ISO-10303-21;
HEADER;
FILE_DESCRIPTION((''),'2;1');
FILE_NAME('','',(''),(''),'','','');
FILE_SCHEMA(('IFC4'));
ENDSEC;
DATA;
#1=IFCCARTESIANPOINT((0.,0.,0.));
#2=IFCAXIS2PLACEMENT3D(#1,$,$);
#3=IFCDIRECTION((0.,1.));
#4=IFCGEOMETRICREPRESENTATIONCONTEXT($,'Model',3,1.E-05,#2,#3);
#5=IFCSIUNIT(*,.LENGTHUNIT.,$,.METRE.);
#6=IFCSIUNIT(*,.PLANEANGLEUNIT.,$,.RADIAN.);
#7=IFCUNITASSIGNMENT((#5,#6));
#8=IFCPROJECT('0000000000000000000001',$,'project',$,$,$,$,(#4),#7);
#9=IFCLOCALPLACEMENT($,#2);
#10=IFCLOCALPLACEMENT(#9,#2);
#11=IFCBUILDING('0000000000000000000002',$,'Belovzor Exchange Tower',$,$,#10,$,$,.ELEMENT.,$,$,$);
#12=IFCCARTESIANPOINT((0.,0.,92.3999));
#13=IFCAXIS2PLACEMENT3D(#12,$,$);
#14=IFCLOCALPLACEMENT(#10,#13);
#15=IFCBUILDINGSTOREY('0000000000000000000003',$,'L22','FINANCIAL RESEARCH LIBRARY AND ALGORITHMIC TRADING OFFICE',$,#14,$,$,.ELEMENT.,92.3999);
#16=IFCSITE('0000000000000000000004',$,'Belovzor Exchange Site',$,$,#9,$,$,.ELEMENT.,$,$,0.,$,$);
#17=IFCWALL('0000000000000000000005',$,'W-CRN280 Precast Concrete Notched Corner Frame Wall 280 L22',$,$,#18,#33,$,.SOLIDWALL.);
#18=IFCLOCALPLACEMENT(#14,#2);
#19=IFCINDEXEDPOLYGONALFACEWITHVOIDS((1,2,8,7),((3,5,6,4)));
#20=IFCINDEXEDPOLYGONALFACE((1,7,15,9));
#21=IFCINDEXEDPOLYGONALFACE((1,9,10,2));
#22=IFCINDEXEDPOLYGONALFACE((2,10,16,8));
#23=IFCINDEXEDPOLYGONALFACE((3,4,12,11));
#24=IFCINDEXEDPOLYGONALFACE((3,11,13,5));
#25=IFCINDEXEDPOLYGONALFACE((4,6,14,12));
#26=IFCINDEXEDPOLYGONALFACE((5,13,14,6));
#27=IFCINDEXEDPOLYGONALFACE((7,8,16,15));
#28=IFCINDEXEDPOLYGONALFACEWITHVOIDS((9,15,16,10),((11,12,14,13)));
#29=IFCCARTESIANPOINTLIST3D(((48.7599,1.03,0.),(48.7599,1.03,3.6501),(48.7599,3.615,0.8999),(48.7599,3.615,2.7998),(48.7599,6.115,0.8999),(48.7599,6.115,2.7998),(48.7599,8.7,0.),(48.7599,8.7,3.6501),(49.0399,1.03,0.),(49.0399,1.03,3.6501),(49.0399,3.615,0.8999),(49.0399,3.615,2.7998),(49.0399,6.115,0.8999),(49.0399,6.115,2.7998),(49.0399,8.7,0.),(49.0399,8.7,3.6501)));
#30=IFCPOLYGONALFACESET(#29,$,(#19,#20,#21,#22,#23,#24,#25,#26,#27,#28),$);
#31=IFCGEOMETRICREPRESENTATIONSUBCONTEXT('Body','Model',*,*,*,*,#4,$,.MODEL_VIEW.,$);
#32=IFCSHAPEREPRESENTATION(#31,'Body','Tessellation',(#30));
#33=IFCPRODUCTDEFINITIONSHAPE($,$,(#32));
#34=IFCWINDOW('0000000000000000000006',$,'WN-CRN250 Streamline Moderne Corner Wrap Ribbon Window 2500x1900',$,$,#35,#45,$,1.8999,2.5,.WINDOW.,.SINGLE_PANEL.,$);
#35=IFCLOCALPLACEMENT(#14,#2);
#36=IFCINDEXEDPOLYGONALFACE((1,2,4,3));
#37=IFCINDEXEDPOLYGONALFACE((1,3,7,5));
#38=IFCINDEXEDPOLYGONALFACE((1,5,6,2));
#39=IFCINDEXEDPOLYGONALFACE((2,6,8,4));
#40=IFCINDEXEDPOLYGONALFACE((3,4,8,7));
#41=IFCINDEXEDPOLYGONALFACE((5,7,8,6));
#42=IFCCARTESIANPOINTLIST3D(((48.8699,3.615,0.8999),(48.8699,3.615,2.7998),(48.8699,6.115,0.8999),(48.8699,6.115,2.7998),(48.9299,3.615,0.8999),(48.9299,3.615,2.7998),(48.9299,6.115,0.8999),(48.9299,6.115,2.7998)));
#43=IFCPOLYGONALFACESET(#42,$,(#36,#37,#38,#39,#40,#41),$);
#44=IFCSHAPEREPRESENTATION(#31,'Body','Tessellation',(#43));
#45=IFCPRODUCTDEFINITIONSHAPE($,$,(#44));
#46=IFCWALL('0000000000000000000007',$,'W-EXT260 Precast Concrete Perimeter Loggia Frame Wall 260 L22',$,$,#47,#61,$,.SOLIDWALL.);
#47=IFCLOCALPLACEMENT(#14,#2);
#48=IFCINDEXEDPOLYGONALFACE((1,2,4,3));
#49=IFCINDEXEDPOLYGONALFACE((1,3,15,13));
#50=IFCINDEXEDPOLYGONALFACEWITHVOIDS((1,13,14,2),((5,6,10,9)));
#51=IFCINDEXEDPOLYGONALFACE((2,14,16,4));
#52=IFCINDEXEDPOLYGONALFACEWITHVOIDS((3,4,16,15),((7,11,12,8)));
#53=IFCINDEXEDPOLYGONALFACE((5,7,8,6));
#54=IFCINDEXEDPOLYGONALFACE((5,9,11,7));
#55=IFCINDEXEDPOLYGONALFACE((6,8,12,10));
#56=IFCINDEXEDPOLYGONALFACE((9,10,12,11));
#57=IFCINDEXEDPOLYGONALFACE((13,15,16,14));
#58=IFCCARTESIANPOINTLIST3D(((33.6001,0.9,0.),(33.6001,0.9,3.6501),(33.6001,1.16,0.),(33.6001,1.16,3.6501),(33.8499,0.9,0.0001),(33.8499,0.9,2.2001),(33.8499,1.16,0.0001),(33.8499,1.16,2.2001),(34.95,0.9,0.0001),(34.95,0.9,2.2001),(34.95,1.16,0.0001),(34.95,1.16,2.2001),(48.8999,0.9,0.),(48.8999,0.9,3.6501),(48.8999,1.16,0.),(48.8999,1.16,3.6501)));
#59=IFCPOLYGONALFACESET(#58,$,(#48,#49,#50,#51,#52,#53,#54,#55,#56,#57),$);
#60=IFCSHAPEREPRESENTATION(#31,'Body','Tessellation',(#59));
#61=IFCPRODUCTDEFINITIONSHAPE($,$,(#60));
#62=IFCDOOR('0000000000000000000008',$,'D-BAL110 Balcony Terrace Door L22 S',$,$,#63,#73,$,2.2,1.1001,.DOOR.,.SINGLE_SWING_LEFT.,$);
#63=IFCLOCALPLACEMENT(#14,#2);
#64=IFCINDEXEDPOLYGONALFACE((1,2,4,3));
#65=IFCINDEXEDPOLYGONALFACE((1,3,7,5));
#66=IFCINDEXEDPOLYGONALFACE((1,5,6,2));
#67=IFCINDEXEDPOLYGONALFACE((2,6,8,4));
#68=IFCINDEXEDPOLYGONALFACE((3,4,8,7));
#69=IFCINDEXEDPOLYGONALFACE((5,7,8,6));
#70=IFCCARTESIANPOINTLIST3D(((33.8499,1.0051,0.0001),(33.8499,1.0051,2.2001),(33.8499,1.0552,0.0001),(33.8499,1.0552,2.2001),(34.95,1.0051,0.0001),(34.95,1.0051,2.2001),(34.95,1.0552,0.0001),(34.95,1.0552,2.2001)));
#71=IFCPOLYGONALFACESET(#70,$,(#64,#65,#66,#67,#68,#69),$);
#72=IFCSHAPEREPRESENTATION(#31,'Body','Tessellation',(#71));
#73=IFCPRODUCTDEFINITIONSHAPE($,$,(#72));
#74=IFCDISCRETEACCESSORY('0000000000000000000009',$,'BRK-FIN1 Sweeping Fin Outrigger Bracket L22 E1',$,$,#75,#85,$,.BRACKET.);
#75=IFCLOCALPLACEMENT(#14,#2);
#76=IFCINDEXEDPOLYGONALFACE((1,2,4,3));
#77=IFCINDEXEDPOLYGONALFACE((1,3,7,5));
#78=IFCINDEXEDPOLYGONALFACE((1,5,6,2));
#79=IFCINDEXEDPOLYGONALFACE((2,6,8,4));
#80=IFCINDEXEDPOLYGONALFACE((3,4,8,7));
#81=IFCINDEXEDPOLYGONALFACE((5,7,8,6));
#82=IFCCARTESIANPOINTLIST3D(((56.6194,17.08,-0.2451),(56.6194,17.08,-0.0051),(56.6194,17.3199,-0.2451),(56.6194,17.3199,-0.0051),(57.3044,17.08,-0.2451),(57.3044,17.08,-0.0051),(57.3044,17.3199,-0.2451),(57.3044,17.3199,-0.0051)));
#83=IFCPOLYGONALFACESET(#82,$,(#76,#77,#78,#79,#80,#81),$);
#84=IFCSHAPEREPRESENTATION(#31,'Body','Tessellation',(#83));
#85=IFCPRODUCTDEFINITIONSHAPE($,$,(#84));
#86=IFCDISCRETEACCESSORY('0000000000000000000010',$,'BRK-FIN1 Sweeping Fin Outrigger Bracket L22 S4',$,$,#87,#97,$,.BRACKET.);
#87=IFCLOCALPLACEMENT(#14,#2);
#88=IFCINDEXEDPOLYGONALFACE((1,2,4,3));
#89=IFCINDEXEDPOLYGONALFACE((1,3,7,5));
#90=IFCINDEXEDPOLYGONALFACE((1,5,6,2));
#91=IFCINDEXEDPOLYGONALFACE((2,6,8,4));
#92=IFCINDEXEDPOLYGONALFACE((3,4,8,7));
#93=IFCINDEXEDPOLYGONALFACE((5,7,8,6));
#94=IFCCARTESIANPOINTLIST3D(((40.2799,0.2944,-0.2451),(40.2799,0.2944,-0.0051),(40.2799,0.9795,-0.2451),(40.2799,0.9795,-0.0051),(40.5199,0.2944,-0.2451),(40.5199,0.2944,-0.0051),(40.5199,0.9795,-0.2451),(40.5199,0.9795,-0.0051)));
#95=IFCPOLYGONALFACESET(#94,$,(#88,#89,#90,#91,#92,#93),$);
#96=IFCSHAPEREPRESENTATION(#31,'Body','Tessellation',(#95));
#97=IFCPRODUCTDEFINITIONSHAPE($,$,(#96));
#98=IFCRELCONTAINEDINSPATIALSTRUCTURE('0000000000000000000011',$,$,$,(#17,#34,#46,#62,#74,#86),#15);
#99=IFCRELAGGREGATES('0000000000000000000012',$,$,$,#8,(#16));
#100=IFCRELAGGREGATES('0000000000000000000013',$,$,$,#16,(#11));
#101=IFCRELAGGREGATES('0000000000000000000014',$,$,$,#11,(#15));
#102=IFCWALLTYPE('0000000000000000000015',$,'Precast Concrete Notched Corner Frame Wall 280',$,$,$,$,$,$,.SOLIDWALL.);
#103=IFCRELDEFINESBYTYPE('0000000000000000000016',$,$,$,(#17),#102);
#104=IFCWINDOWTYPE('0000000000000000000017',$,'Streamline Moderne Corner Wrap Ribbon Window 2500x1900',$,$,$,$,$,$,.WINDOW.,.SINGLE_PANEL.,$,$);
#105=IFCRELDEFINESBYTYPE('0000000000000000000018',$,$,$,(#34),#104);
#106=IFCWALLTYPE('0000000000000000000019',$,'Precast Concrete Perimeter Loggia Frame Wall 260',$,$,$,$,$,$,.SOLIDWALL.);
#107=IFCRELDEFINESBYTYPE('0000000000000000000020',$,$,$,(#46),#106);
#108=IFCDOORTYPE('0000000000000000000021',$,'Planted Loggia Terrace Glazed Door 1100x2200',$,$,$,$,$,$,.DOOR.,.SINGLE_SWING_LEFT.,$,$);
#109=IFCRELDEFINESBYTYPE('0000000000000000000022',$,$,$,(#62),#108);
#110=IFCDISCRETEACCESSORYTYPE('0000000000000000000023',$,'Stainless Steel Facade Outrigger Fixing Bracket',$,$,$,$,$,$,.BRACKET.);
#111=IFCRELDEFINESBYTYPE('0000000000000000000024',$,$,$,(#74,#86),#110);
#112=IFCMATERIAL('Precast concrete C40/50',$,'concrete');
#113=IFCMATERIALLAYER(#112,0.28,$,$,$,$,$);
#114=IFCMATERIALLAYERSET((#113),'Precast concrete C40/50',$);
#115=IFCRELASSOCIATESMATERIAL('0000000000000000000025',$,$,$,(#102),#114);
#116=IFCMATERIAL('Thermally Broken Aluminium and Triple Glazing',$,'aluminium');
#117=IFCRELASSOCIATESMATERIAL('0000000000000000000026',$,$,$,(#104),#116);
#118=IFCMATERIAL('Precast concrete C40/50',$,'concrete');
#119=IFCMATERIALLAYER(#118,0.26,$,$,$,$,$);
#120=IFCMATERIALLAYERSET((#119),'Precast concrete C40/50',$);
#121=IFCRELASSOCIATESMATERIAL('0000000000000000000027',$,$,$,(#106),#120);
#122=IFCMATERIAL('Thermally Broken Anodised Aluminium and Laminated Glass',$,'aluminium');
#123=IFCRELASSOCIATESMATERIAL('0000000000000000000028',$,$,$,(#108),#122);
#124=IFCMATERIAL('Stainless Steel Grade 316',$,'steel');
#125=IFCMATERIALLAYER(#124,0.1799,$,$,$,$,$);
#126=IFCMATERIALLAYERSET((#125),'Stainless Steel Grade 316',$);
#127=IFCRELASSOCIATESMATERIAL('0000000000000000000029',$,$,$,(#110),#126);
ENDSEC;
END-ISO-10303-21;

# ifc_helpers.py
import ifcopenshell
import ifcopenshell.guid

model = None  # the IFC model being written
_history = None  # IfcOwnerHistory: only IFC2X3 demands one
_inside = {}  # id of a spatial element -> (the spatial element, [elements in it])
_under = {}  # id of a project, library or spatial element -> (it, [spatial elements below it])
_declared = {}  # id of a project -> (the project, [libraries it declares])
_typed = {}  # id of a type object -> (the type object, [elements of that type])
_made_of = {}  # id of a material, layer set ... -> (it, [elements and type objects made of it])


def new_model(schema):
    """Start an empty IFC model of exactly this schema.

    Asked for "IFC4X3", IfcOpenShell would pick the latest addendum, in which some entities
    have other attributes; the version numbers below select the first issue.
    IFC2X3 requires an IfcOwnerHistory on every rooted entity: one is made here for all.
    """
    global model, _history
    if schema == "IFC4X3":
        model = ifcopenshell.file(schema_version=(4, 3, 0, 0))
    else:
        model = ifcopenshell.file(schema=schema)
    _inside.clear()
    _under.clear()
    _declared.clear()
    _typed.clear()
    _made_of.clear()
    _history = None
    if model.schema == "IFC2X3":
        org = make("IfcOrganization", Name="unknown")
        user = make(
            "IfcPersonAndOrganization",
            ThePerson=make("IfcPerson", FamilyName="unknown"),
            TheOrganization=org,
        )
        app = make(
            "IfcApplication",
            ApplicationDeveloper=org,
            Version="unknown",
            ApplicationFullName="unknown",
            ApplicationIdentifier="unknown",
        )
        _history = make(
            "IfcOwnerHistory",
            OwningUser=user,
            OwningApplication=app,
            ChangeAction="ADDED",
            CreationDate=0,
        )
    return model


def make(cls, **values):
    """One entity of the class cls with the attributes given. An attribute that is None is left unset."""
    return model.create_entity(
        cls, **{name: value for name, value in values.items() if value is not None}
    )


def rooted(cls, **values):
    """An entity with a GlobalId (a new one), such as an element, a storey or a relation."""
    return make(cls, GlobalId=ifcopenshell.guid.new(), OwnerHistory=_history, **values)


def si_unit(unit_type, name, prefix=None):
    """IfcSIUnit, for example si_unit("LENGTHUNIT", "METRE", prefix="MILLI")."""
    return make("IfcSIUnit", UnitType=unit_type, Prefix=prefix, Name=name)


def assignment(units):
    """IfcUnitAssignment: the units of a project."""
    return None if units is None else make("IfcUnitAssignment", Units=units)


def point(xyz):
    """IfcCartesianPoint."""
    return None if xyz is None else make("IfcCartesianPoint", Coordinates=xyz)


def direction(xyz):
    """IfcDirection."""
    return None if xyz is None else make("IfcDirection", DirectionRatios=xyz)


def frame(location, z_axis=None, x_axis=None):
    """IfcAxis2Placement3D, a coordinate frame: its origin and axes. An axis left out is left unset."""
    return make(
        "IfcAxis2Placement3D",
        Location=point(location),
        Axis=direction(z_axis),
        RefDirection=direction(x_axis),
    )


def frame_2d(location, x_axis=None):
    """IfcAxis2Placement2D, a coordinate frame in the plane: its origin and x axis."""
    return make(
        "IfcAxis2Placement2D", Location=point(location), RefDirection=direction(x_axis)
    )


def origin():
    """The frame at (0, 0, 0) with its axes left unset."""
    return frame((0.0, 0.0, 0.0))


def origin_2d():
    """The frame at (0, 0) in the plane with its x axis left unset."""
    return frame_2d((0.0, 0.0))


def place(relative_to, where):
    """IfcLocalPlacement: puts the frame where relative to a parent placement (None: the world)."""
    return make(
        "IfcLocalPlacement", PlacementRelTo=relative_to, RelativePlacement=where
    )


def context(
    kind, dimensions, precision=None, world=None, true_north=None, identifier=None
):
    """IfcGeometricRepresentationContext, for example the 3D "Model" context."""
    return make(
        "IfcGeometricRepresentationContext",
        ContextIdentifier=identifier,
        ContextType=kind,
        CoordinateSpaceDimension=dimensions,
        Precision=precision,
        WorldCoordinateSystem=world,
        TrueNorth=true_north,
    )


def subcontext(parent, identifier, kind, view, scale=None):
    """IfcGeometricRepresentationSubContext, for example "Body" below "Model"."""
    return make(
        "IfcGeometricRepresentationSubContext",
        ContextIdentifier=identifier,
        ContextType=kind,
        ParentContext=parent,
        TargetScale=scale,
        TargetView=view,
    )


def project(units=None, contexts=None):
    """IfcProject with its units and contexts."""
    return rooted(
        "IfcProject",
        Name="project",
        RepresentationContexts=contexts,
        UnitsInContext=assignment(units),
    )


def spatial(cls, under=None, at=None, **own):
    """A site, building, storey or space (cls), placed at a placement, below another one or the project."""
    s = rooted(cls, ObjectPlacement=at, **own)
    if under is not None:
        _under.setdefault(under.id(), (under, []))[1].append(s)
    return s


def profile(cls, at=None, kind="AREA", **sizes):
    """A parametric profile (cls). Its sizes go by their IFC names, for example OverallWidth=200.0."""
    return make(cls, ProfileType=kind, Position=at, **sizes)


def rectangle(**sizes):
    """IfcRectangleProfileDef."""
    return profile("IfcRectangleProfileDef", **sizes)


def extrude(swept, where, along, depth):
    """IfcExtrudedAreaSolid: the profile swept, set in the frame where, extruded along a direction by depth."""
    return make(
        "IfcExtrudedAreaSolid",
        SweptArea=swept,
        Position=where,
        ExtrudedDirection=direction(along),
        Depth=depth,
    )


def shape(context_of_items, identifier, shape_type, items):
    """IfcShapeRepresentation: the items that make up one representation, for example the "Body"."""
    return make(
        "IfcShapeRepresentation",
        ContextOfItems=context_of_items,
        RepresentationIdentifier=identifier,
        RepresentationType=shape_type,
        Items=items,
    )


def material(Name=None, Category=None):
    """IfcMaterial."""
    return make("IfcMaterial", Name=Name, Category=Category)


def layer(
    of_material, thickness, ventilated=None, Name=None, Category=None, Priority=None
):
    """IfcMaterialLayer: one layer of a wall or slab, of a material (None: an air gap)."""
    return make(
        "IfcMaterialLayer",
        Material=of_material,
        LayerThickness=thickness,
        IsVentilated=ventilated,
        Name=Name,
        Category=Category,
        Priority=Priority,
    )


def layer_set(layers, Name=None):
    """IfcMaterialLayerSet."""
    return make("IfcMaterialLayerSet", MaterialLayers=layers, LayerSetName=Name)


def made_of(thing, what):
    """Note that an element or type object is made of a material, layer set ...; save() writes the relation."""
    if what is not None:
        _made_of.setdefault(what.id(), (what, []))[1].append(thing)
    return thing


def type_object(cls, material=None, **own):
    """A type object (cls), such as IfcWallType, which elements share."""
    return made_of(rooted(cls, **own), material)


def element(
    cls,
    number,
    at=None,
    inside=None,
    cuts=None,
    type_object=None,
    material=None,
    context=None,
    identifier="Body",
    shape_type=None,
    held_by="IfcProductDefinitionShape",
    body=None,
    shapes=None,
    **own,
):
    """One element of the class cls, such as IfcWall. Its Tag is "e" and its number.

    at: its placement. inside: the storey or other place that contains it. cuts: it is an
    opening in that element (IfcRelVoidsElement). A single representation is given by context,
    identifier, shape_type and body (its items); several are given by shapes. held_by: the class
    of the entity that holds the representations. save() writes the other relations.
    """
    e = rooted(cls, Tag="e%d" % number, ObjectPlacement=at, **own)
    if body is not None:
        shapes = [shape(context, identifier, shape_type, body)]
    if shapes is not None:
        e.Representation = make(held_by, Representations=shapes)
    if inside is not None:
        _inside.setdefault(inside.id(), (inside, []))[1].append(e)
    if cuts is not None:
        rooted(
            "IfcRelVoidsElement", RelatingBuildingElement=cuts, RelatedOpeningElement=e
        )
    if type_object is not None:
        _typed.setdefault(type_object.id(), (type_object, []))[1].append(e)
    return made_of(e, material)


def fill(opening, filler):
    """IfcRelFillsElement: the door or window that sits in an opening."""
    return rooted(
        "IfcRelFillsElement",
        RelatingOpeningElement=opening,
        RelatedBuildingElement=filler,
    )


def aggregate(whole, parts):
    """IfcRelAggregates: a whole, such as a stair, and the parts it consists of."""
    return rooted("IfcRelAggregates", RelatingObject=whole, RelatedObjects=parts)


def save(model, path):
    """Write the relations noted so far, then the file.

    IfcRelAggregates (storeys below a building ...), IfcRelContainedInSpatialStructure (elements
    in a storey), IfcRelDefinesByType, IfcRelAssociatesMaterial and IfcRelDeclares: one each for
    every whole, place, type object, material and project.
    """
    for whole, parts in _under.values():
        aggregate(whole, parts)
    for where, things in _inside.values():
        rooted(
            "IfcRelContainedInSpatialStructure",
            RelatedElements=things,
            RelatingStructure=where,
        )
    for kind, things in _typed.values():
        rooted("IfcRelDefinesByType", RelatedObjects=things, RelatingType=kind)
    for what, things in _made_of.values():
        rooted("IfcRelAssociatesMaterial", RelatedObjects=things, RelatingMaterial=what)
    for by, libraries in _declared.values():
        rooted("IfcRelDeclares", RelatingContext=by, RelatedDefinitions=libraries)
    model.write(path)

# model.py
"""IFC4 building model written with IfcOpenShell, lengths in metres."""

from ifc_helpers import new_model, si_unit, direction, frame, frame_2d, origin, origin_2d, place, context, subcontext, project, spatial, rectangle, extrude, material, layer, layer_set, type_object, element, fill, save


model = new_model("IFC4")

# Units and contexts
model_context = context("Model", 3, precision=1e-05, world=origin(), true_north=direction((0.0, 1.0)))
body_context = subcontext(model_context, "Body", "Model", "MODEL_VIEW")
ifc_project = project(units=[si_unit("LENGTHUNIT", "METRE"), si_unit("PLANEANGLEUNIT", "RADIAN")], contexts=[model_context])

# Site, building, storey
site_placement = place(None, origin())
site = spatial("IfcSite", under=ifc_project, at=site_placement, Name="Belovzor Exchange Site", CompositionType="ELEMENT", RefElevation=0.0)
building_placement = place(site_placement, origin())
building = spatial("IfcBuilding", under=site, at=building_placement, Name="Belovzor Exchange Tower", CompositionType="ELEMENT")
storey_placement = place(building_placement, frame((0.0, 0.0, 92.3999)))
storey = spatial("IfcBuildingStorey", under=building, at=storey_placement, Name="L22", Description="FINANCIAL RESEARCH LIBRARY AND ALGORITHMIC TRADING OFFICE", CompositionType="ELEMENT", Elevation=92.3999)

# Wall, opening, window
ifc_material_1 = material(Name="Precast concrete C40/50", Category="concrete")
ifc_layer_1 = layer(ifc_material_1, 0.28)
ifc_layer_set_1 = layer_set([ifc_layer_1], Name="Precast concrete C40/50")
wall_type_1 = type_object("IfcWallType", Name="Precast Concrete Notched Corner Frame Wall 280", PredefinedType="SOLIDWALL", material=ifc_layer_set_1)
ifc_material_2 = material(Name="Thermally Broken Aluminium and Triple Glazing", Category="aluminium")
window_type = type_object("IfcWindowType", Name="Streamline Moderne Corner Wrap Ribbon Window 2500x1900", PartitioningType="SINGLE_PANEL", PredefinedType="WINDOW", material=ifc_material_2)
wall_1_placement = place(storey_placement, frame((48.8999, 8.7, 0.0), z_axis=(0.0, 0.0, 1.0), x_axis=(0.0, -1.0, 0.0)))
wall_1 = element("IfcWall", 1, at=wall_1_placement, inside=storey, type_object=wall_type_1, Name="W-CRN280 Precast Concrete Notched Corner Frame Wall 280 L22", PredefinedType="SOLIDWALL", context=body_context, shape_type="SweptSolid", body=[
    extrude(rectangle(XDim=7.6699, YDim=0.28, at=frame_2d((3.835, 0.0))), origin(), (0.0, 0.0, 1.0), 3.6501),
])
opening_1_placement = place(wall_1_placement, frame((2.585, 0.0, 0.8999)))
opening_1 = element("IfcOpeningElement", 2, at=opening_1_placement, cuts=wall_1, PredefinedType="OPENING", context=body_context, shape_type="SweptSolid", body=[
    extrude(rectangle(XDim=2.5, YDim=1.8999, at=frame_2d((1.25, 0.95))), frame((0.0, 0.1499, 0.0), z_axis=(0.0, -1.0, 0.0), x_axis=(1.0, 0.0, 0.0)), (0.0, 0.0, 1.0), 0.3),
])
window_1_placement = place(opening_1_placement, origin())
window_1 = element("IfcWindow", 3, at=window_1_placement, inside=storey, type_object=window_type, Name="WN-CRN250 Streamline Moderne Corner Wrap Ribbon Window 2500x1900", OverallHeight=1.8999, OverallWidth=2.5, PartitioningType="SINGLE_PANEL", PredefinedType="WINDOW", context=body_context, shape_type="SweptSolid", body=[
    extrude(rectangle(XDim=2.5, YDim=1.8999, at=frame_2d((1.25, 0.95))), frame((0.0, 0.03, 0.0), z_axis=(0.0, -1.0, 0.0), x_axis=(1.0, 0.0, 0.0)), (0.0, 0.0, 1.0), 0.0601),
])
fill(opening_1, window_1)

# Wall, opening, door
ifc_material_3 = material(Name="Precast concrete C40/50", Category="concrete")
ifc_layer_2 = layer(ifc_material_3, 0.26)
ifc_layer_set_2 = layer_set([ifc_layer_2], Name="Precast concrete C40/50")
wall_type_2 = type_object("IfcWallType", Name="Precast Concrete Perimeter Loggia Frame Wall 260", PredefinedType="SOLIDWALL", material=ifc_layer_set_2)
wall_2_placement = place(storey_placement, frame((48.8999, 1.03, 0.0), z_axis=(0.0, 0.0, 1.0), x_axis=(-1.0, 0.0, 0.0)))
wall_2 = element("IfcWall", 4, at=wall_2_placement, inside=storey, type_object=wall_type_2, Name="W-EXT260 Precast Concrete Perimeter Loggia Frame Wall 260 L22", PredefinedType="SOLIDWALL", context=body_context, shape_type="SweptSolid", body=[
    extrude(rectangle(XDim=15.2998, YDim=0.26, at=frame_2d((7.6499, 0.0))), origin(), (0.0, 0.0, 1.0), 3.6501),
])
opening_2_placement = place(wall_2_placement, frame((13.95, 0.0, 0.0)))
opening_2 = element("IfcOpeningElement", 5, at=opening_2_placement, cuts=wall_2, PredefinedType="OPENING", context=body_context, shape_type="SweptSolid", body=[
    extrude(rectangle(XDim=1.1001, YDim=2.2, at=frame_2d((0.55, 1.1001))), frame((0.0, 0.1399, 0.0), z_axis=(0.0, -1.0, 0.0), x_axis=(1.0, 0.0, 0.0)), (0.0, 0.0, 1.0), 0.28),
])
ifc_material_4 = material(Name="Thermally Broken Anodised Aluminium and Laminated Glass", Category="aluminium")
door_type_1 = type_object("IfcDoorType", Name="Planted Loggia Terrace Glazed Door 1100x2200", OperationType="SINGLE_SWING_LEFT", PredefinedType="DOOR", material=ifc_material_4)
door_1_placement = place(opening_2_placement, origin())
door_1 = element("IfcDoor", 6, at=door_1_placement, inside=storey, type_object=door_type_1, Name="D-BAL110 Balcony Terrace Door L22 S", OperationType="SINGLE_SWING_LEFT", OverallHeight=2.2, OverallWidth=1.1001, PredefinedType="DOOR", context=body_context, shape_type="SweptSolid", body=[
    extrude(rectangle(XDim=1.1001, YDim=2.2, at=frame_2d((0.55, 1.1001))), frame((0.0, 0.0249, 0.0), z_axis=(0.0, -1.0, 0.0), x_axis=(1.0, 0.0, 0.0)), (0.0, 0.0, 1.0), 0.05),
])
fill(opening_2, door_1)

# Discrete accessories
ifc_material_5 = material(Name="Stainless Steel Grade 316", Category="steel")
ifc_layer_3 = layer(ifc_material_5, 0.1799)
ifc_layer_set_3 = layer_set([ifc_layer_3], Name="Stainless Steel Grade 316")
discrete_accessory_type = type_object("IfcDiscreteAccessoryType", Name="Stainless Steel Facade Outrigger Fixing Bracket", PredefinedType="BRACKET", material=ifc_layer_set_3)
for number, where, z_axis, x_axis, name in (
    (7, (56.9619, 17.2, -0.2451), (0.0, 0.0, 1.0), (1.0, 0.0, 0.0), "BRK-FIN1 Sweeping Fin Outrigger Bracket L22 E1"),
    (8, (40.3999, 0.637, -0.2451), (0.0, 0.0, 1.0), (0.0, 1.0, 0.0), "BRK-FIN1 Sweeping Fin Outrigger Bracket L22 S4"),
):
    element("IfcDiscreteAccessory", number, at=place(storey_placement, frame(where, z_axis=z_axis, x_axis=x_axis)), inside=storey, type_object=discrete_accessory_type, Name=name, PredefinedType="BRACKET", context=body_context, shape_type="SweptSolid", body=[
        extrude(rectangle(XDim=0.6851, YDim=0.24, at=origin_2d()), origin(), (0.0, 0.0, 1.0), 0.24),
    ])

save(model, "model.ifc")
